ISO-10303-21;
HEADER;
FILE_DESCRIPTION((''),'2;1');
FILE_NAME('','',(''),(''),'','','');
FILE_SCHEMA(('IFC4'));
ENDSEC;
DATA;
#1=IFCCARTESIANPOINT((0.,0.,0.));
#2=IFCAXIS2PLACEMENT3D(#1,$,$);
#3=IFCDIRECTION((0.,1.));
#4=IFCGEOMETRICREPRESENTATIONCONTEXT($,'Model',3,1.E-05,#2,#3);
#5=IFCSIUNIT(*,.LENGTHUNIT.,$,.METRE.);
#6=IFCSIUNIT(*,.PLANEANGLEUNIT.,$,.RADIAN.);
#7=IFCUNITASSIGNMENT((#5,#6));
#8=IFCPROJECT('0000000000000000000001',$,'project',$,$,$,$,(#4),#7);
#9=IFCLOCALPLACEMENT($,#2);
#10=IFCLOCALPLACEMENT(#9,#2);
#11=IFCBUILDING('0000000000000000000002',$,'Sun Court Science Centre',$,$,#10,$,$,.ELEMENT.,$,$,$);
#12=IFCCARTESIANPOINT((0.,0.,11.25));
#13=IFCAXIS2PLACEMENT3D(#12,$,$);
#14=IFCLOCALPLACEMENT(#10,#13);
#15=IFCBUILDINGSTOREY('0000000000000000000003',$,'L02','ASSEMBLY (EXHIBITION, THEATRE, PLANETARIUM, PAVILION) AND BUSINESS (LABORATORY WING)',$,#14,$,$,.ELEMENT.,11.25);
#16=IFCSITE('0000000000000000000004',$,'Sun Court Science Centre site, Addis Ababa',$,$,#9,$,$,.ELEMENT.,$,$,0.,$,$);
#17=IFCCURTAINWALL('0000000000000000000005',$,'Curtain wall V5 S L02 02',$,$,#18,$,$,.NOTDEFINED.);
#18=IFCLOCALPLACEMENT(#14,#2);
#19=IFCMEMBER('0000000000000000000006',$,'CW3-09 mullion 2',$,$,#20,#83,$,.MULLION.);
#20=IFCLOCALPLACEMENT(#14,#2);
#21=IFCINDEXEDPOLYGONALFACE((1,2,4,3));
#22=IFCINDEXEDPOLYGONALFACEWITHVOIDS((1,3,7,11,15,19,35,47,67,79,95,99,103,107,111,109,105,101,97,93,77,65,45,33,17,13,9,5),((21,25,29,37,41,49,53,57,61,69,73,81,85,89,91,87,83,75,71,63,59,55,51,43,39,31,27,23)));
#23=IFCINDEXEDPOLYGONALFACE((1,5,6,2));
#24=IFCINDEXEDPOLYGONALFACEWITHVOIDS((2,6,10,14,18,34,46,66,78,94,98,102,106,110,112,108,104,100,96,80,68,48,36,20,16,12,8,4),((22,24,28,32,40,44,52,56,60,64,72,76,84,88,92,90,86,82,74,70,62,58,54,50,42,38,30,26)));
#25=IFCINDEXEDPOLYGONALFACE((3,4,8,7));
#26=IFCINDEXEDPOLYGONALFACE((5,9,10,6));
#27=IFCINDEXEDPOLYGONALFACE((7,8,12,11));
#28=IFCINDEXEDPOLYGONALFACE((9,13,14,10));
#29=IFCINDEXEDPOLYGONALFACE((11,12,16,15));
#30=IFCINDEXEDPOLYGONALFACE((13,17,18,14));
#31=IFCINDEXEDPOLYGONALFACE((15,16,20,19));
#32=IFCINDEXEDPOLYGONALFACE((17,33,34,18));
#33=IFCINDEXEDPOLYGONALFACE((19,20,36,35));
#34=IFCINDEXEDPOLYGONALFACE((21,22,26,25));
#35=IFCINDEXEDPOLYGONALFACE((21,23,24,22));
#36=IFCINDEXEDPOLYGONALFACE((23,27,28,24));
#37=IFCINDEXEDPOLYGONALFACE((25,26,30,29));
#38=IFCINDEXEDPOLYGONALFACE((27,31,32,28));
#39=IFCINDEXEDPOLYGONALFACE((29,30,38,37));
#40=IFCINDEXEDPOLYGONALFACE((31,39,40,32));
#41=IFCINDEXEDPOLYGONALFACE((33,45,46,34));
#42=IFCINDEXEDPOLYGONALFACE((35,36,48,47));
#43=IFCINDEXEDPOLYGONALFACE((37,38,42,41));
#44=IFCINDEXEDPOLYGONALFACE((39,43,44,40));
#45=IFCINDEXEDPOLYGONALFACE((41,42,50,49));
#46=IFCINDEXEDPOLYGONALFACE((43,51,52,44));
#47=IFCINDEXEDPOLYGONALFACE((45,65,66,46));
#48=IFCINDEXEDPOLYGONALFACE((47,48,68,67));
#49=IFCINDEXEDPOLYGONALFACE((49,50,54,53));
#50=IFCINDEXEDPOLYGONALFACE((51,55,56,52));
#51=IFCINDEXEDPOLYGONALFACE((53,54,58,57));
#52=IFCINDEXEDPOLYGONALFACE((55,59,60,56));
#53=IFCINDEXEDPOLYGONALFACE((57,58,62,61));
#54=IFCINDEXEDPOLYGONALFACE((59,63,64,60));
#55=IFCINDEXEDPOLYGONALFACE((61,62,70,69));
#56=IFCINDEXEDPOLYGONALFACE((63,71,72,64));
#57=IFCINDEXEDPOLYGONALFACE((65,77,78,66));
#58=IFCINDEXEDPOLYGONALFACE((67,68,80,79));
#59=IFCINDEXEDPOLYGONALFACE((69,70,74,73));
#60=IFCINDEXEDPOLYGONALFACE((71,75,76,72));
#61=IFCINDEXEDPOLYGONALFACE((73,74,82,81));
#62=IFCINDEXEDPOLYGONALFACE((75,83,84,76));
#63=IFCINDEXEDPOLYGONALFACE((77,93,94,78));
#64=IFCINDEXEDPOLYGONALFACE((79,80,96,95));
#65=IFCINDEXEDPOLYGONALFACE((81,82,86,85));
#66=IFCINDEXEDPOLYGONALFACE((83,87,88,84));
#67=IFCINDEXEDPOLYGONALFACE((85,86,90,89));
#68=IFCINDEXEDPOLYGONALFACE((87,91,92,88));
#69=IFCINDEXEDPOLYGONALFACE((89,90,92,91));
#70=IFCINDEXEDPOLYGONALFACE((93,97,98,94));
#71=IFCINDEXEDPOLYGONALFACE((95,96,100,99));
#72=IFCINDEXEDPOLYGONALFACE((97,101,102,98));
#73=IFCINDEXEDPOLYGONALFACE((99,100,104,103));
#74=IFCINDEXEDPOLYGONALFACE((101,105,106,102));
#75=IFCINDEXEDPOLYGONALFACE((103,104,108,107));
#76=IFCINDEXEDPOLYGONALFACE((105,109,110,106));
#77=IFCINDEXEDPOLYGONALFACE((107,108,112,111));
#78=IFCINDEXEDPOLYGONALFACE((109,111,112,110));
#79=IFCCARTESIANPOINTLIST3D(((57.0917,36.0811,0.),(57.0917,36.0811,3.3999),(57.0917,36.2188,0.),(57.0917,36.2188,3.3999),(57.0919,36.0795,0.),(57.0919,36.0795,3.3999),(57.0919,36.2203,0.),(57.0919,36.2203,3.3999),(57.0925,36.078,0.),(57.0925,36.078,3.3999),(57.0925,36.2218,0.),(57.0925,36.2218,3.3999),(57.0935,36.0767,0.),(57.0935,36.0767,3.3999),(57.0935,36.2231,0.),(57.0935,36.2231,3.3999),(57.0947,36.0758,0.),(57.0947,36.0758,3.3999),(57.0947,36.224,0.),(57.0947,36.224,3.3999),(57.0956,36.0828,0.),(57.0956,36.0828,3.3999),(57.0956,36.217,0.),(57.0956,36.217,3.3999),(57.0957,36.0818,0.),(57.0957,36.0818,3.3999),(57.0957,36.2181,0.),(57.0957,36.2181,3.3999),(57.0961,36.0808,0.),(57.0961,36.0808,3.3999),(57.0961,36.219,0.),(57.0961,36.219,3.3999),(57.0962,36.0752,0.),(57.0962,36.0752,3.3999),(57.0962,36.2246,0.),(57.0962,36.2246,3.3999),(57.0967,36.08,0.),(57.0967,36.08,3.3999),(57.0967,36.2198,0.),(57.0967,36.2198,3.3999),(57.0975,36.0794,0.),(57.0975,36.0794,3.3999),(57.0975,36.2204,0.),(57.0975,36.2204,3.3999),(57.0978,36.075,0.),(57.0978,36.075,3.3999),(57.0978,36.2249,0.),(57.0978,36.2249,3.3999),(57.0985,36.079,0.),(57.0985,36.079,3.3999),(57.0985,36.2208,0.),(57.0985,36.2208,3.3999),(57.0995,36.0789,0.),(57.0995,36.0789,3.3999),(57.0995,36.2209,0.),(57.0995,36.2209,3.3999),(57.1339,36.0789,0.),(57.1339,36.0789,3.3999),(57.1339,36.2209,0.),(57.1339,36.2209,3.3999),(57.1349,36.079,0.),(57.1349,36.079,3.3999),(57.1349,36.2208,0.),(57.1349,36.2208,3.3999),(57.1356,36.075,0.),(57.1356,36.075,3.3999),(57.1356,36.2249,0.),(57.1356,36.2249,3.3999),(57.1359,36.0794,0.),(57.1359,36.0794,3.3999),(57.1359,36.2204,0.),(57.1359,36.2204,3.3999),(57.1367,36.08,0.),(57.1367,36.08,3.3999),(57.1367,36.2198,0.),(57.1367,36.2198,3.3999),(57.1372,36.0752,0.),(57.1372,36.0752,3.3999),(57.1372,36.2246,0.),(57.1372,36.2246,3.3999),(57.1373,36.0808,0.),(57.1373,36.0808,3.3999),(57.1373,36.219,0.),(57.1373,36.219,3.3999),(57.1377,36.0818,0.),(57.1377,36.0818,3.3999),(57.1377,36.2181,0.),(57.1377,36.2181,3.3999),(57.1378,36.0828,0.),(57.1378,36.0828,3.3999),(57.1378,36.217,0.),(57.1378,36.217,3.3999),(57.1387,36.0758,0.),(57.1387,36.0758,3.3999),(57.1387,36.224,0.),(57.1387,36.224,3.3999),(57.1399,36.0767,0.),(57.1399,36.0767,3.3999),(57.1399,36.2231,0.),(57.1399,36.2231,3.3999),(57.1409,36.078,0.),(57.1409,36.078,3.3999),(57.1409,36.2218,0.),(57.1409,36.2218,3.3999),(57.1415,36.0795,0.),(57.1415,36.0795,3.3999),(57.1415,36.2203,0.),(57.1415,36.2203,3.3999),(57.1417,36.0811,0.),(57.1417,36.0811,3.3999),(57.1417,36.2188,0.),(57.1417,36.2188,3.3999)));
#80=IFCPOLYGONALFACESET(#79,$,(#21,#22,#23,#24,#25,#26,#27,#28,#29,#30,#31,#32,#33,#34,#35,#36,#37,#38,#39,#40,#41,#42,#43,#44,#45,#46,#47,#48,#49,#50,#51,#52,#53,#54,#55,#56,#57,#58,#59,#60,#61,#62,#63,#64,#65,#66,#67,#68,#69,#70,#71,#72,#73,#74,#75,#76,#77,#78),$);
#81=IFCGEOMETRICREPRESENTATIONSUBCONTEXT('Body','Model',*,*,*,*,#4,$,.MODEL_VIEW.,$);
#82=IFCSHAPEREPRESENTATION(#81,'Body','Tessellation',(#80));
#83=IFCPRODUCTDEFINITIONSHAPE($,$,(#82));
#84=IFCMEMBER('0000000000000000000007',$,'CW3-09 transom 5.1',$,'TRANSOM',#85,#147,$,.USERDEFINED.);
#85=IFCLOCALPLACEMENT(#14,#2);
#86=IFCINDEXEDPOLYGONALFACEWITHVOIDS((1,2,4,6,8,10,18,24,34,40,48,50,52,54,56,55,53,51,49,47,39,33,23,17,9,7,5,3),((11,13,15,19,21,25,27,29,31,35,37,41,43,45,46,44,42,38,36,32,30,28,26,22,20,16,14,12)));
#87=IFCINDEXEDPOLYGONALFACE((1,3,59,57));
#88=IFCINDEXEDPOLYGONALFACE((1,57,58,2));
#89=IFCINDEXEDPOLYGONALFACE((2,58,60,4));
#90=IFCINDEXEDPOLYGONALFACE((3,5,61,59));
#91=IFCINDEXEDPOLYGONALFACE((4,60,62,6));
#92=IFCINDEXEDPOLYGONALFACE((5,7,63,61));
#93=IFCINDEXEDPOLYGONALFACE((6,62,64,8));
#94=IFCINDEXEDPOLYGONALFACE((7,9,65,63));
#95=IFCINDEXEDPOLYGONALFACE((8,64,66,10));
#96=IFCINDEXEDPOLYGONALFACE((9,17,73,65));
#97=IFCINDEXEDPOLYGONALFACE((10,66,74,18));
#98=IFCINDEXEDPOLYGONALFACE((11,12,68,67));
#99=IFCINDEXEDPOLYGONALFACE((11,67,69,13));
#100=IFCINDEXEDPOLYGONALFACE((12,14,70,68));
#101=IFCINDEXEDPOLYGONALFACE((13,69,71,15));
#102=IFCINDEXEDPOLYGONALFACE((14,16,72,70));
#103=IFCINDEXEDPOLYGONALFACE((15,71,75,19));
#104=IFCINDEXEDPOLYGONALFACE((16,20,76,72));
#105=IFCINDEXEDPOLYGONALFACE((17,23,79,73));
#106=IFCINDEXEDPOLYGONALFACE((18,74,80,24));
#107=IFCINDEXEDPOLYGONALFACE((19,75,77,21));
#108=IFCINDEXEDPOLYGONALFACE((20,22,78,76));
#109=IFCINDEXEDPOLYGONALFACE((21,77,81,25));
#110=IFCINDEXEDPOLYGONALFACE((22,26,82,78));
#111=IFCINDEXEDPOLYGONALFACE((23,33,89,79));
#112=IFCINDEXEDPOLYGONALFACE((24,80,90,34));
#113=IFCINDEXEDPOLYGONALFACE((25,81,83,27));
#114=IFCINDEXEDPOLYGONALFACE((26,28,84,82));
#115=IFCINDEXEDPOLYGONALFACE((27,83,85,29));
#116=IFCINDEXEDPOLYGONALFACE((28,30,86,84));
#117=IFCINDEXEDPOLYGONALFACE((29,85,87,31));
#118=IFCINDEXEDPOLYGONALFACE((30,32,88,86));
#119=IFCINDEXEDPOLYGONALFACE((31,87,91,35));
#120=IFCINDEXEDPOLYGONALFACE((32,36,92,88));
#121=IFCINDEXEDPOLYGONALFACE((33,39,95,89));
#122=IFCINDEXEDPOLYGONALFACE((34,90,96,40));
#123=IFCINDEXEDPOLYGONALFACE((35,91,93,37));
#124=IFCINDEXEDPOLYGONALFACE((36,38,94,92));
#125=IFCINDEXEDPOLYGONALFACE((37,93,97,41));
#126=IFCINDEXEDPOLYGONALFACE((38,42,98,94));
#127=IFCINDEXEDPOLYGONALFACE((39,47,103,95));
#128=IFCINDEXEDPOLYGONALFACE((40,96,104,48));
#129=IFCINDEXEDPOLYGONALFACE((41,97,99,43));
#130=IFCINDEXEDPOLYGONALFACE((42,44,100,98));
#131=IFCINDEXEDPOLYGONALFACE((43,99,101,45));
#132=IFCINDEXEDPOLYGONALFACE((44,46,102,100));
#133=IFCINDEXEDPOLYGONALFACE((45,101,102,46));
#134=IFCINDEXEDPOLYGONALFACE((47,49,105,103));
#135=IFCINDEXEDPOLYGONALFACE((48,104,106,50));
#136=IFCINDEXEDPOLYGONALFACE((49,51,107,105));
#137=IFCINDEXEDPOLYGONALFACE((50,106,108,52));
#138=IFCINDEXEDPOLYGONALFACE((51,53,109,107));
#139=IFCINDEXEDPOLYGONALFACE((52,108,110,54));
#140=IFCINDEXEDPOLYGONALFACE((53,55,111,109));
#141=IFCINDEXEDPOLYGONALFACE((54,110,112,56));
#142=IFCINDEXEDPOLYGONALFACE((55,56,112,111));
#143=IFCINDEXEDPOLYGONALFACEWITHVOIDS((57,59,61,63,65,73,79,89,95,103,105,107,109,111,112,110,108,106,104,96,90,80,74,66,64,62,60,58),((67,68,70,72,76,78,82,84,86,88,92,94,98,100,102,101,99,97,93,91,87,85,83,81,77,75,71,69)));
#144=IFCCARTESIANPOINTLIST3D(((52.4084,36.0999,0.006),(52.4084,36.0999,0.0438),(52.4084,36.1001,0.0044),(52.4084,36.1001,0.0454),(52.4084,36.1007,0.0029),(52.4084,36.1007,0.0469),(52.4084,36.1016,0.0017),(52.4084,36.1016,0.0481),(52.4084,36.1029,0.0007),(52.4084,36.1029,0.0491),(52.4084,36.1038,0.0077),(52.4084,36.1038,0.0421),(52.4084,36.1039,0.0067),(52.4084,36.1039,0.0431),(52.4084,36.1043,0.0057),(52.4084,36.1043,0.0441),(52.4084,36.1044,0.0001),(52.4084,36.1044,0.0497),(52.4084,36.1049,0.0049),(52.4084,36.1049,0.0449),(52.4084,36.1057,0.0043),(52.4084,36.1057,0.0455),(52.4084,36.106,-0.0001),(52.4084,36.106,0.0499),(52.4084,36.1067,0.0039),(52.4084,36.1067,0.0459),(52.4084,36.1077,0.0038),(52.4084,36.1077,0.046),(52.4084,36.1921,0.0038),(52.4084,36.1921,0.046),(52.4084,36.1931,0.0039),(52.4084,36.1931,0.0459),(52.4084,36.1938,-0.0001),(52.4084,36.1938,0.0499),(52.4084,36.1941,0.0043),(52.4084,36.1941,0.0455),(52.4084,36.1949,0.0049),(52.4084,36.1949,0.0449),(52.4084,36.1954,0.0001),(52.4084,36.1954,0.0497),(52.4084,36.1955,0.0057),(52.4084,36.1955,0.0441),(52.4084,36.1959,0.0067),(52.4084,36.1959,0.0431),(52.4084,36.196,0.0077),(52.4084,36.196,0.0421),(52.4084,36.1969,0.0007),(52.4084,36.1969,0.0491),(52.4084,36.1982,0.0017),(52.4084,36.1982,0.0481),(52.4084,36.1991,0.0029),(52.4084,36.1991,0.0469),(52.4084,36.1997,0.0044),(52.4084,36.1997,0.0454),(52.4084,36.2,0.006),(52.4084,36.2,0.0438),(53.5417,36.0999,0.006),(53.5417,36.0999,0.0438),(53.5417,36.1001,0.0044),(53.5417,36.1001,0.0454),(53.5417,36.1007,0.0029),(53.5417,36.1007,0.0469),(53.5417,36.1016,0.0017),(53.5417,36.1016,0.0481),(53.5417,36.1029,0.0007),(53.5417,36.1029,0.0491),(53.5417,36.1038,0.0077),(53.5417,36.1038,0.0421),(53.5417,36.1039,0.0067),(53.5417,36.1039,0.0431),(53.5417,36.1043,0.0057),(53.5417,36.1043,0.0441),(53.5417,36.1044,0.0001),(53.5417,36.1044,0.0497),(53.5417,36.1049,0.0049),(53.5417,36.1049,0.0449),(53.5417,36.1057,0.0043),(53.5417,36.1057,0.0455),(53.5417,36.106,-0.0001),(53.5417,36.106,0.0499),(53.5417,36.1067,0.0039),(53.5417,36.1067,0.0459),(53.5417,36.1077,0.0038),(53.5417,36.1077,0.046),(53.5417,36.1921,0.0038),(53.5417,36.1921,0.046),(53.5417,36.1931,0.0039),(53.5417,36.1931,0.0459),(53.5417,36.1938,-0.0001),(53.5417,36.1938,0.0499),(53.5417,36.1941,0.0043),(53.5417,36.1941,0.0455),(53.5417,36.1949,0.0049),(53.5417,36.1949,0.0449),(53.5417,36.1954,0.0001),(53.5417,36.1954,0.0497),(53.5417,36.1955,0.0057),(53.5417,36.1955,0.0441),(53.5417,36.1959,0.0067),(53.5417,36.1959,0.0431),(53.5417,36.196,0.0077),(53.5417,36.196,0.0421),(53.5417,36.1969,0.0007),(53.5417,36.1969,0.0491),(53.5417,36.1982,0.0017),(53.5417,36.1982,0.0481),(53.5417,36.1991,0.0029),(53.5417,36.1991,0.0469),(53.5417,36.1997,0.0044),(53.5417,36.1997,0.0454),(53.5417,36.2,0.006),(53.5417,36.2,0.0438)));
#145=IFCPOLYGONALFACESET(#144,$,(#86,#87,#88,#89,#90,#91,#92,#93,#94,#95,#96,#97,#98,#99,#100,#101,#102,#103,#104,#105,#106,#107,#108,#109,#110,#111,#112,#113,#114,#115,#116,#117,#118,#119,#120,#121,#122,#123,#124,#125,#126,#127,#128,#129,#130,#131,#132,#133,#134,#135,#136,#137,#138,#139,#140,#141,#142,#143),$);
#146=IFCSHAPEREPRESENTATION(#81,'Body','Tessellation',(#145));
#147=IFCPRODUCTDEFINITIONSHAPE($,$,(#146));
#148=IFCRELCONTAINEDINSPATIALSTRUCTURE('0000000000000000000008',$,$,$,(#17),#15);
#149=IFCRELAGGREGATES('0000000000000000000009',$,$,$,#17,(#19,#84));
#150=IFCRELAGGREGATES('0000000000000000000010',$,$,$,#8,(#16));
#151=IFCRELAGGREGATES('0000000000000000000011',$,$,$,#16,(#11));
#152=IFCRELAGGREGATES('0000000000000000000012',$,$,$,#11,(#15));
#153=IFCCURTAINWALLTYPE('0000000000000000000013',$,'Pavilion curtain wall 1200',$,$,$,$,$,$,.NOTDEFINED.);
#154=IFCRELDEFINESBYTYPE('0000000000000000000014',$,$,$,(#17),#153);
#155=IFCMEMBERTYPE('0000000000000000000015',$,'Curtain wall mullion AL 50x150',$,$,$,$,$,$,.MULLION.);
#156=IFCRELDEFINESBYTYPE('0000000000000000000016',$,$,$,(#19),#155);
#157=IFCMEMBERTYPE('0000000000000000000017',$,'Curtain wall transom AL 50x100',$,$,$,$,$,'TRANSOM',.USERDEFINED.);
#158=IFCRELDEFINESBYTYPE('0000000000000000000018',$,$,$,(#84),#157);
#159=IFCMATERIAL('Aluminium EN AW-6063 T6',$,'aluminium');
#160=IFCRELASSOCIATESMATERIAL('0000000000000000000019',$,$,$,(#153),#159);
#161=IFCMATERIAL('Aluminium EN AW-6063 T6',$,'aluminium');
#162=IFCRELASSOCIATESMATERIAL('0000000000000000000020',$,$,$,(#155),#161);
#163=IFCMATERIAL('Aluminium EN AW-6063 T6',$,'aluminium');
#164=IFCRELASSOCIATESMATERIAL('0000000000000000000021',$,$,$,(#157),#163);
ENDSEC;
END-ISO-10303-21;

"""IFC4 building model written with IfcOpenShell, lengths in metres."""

from ifc_helpers import new_model, si_unit, direction, frame, origin, origin_2d, place, context, subcontext, project, spatial, hollow_rectangle, extrude, material, material_profile, profile_set, type_object, element, aggregate, save


model = new_model("IFC4")

# Units and contexts
model_context = context("Model", 3, precision=1e-05, world=origin(), true_north=direction((0.0, 1.0)))
body_context = subcontext(model_context, "Body", "Model", "MODEL_VIEW")
ifc_project = project(units=[si_unit("LENGTHUNIT", "METRE"), si_unit("PLANEANGLEUNIT", "RADIAN")], contexts=[model_context])

# Site, building, storey
site_placement = place(None, origin())
site = spatial("IfcSite", under=ifc_project, at=site_placement, Name="Sun Court Science Centre site, Addis Ababa", CompositionType="ELEMENT", RefElevation=0.0)
building_placement = place(site_placement, origin())
building = spatial("IfcBuilding", under=site, at=building_placement, Name="Sun Court Science Centre", CompositionType="ELEMENT")
storey_placement = place(building_placement, frame((0.0, 0.0, 11.25)))
storey = spatial("IfcBuildingStorey", under=building, at=storey_placement, Name="L02", Description="ASSEMBLY (EXHIBITION, THEATRE, PLANETARIUM, PAVILION) AND BUSINESS (LABORATORY WING)", CompositionType="ELEMENT", Elevation=11.25)

# Curtain wall, members
ifc_material_1 = material(Name="Aluminium EN AW-6063 T6", Category="aluminium")
curtain_wall_type = type_object("IfcCurtainWallType", Name="Pavilion curtain wall 1200", PredefinedType="NOTDEFINED", material=ifc_material_1)
curtain_wall_placement = place(storey_placement, origin())
curtain_wall = element("IfcCurtainWall", 1, at=curtain_wall_placement, inside=storey, type_object=curtain_wall_type, Name="Curtain wall V5 S L02 02", PredefinedType="NOTDEFINED")
ifc_material_2 = material(Name="Aluminium EN AW-6063 T6", Category="aluminium")
ifc_material_profile_1 = material_profile(ifc_material_2, hollow_rectangle(XDim=0.05, YDim=0.1499, WallThickness=0.0039, InnerFilletRadius=0.0039, OuterFilletRadius=0.0061, at=origin_2d()), Name="AL 50x150x4")
ifc_profile_set_1 = profile_set([ifc_material_profile_1], Name="Aluminium EN AW-6063 T6")
member_type_1 = type_object("IfcMemberType", Name="Curtain wall mullion AL 50x150", PredefinedType="MULLION", material=ifc_profile_set_1)
member_1_placement = place(storey_placement, frame((57.1167, 36.1499, 0.0), z_axis=(0.0, 0.0, 1.0), x_axis=(-1.0, 0.0, 0.0)))
member_1 = element("IfcMember", 2, at=member_1_placement, type_object=member_type_1, Name="CW3-09 mullion 2", PredefinedType="MULLION", context=body_context, shape_type="SweptSolid", body=[
    extrude(hollow_rectangle(XDim=0.05, YDim=0.1499, WallThickness=0.0039, InnerFilletRadius=0.0039, OuterFilletRadius=0.0061, at=origin_2d()), origin(), (0.0, 0.0, 1.0), 3.3999),
])
ifc_material_3 = material(Name="Aluminium EN AW-6063 T6", Category="aluminium")
ifc_material_profile_2 = material_profile(ifc_material_3, hollow_rectangle(XDim=0.05, YDim=0.1001, WallThickness=0.0039, InnerFilletRadius=0.0039, OuterFilletRadius=0.0061, at=origin_2d()), Name="AL 50x100x4")
ifc_profile_set_2 = profile_set([ifc_material_profile_2], Name="Aluminium EN AW-6063 T6")
member_type_2 = type_object("IfcMemberType", Name="Curtain wall transom AL 50x100", ElementType="TRANSOM", PredefinedType="USERDEFINED", material=ifc_profile_set_2)
member_2_placement = place(storey_placement, frame((53.5417, 36.1499, 0.0249), z_axis=(-1.0, 0.0, 0.0), x_axis=(0.0, 0.0, 1.0)))
member_2 = element("IfcMember", 3, at=member_2_placement, type_object=member_type_2, Name="CW3-09 transom 5.1", ObjectType="TRANSOM", PredefinedType="USERDEFINED", context=body_context, shape_type="SweptSolid", body=[
    extrude(hollow_rectangle(XDim=0.05, YDim=0.1001, WallThickness=0.0039, InnerFilletRadius=0.0039, OuterFilletRadius=0.0061, at=origin_2d()), origin(), (0.0, 0.0, 1.0), 1.1333),
])
aggregate(curtain_wall, [member_1, member_2])

save(model, "model.ifc")
